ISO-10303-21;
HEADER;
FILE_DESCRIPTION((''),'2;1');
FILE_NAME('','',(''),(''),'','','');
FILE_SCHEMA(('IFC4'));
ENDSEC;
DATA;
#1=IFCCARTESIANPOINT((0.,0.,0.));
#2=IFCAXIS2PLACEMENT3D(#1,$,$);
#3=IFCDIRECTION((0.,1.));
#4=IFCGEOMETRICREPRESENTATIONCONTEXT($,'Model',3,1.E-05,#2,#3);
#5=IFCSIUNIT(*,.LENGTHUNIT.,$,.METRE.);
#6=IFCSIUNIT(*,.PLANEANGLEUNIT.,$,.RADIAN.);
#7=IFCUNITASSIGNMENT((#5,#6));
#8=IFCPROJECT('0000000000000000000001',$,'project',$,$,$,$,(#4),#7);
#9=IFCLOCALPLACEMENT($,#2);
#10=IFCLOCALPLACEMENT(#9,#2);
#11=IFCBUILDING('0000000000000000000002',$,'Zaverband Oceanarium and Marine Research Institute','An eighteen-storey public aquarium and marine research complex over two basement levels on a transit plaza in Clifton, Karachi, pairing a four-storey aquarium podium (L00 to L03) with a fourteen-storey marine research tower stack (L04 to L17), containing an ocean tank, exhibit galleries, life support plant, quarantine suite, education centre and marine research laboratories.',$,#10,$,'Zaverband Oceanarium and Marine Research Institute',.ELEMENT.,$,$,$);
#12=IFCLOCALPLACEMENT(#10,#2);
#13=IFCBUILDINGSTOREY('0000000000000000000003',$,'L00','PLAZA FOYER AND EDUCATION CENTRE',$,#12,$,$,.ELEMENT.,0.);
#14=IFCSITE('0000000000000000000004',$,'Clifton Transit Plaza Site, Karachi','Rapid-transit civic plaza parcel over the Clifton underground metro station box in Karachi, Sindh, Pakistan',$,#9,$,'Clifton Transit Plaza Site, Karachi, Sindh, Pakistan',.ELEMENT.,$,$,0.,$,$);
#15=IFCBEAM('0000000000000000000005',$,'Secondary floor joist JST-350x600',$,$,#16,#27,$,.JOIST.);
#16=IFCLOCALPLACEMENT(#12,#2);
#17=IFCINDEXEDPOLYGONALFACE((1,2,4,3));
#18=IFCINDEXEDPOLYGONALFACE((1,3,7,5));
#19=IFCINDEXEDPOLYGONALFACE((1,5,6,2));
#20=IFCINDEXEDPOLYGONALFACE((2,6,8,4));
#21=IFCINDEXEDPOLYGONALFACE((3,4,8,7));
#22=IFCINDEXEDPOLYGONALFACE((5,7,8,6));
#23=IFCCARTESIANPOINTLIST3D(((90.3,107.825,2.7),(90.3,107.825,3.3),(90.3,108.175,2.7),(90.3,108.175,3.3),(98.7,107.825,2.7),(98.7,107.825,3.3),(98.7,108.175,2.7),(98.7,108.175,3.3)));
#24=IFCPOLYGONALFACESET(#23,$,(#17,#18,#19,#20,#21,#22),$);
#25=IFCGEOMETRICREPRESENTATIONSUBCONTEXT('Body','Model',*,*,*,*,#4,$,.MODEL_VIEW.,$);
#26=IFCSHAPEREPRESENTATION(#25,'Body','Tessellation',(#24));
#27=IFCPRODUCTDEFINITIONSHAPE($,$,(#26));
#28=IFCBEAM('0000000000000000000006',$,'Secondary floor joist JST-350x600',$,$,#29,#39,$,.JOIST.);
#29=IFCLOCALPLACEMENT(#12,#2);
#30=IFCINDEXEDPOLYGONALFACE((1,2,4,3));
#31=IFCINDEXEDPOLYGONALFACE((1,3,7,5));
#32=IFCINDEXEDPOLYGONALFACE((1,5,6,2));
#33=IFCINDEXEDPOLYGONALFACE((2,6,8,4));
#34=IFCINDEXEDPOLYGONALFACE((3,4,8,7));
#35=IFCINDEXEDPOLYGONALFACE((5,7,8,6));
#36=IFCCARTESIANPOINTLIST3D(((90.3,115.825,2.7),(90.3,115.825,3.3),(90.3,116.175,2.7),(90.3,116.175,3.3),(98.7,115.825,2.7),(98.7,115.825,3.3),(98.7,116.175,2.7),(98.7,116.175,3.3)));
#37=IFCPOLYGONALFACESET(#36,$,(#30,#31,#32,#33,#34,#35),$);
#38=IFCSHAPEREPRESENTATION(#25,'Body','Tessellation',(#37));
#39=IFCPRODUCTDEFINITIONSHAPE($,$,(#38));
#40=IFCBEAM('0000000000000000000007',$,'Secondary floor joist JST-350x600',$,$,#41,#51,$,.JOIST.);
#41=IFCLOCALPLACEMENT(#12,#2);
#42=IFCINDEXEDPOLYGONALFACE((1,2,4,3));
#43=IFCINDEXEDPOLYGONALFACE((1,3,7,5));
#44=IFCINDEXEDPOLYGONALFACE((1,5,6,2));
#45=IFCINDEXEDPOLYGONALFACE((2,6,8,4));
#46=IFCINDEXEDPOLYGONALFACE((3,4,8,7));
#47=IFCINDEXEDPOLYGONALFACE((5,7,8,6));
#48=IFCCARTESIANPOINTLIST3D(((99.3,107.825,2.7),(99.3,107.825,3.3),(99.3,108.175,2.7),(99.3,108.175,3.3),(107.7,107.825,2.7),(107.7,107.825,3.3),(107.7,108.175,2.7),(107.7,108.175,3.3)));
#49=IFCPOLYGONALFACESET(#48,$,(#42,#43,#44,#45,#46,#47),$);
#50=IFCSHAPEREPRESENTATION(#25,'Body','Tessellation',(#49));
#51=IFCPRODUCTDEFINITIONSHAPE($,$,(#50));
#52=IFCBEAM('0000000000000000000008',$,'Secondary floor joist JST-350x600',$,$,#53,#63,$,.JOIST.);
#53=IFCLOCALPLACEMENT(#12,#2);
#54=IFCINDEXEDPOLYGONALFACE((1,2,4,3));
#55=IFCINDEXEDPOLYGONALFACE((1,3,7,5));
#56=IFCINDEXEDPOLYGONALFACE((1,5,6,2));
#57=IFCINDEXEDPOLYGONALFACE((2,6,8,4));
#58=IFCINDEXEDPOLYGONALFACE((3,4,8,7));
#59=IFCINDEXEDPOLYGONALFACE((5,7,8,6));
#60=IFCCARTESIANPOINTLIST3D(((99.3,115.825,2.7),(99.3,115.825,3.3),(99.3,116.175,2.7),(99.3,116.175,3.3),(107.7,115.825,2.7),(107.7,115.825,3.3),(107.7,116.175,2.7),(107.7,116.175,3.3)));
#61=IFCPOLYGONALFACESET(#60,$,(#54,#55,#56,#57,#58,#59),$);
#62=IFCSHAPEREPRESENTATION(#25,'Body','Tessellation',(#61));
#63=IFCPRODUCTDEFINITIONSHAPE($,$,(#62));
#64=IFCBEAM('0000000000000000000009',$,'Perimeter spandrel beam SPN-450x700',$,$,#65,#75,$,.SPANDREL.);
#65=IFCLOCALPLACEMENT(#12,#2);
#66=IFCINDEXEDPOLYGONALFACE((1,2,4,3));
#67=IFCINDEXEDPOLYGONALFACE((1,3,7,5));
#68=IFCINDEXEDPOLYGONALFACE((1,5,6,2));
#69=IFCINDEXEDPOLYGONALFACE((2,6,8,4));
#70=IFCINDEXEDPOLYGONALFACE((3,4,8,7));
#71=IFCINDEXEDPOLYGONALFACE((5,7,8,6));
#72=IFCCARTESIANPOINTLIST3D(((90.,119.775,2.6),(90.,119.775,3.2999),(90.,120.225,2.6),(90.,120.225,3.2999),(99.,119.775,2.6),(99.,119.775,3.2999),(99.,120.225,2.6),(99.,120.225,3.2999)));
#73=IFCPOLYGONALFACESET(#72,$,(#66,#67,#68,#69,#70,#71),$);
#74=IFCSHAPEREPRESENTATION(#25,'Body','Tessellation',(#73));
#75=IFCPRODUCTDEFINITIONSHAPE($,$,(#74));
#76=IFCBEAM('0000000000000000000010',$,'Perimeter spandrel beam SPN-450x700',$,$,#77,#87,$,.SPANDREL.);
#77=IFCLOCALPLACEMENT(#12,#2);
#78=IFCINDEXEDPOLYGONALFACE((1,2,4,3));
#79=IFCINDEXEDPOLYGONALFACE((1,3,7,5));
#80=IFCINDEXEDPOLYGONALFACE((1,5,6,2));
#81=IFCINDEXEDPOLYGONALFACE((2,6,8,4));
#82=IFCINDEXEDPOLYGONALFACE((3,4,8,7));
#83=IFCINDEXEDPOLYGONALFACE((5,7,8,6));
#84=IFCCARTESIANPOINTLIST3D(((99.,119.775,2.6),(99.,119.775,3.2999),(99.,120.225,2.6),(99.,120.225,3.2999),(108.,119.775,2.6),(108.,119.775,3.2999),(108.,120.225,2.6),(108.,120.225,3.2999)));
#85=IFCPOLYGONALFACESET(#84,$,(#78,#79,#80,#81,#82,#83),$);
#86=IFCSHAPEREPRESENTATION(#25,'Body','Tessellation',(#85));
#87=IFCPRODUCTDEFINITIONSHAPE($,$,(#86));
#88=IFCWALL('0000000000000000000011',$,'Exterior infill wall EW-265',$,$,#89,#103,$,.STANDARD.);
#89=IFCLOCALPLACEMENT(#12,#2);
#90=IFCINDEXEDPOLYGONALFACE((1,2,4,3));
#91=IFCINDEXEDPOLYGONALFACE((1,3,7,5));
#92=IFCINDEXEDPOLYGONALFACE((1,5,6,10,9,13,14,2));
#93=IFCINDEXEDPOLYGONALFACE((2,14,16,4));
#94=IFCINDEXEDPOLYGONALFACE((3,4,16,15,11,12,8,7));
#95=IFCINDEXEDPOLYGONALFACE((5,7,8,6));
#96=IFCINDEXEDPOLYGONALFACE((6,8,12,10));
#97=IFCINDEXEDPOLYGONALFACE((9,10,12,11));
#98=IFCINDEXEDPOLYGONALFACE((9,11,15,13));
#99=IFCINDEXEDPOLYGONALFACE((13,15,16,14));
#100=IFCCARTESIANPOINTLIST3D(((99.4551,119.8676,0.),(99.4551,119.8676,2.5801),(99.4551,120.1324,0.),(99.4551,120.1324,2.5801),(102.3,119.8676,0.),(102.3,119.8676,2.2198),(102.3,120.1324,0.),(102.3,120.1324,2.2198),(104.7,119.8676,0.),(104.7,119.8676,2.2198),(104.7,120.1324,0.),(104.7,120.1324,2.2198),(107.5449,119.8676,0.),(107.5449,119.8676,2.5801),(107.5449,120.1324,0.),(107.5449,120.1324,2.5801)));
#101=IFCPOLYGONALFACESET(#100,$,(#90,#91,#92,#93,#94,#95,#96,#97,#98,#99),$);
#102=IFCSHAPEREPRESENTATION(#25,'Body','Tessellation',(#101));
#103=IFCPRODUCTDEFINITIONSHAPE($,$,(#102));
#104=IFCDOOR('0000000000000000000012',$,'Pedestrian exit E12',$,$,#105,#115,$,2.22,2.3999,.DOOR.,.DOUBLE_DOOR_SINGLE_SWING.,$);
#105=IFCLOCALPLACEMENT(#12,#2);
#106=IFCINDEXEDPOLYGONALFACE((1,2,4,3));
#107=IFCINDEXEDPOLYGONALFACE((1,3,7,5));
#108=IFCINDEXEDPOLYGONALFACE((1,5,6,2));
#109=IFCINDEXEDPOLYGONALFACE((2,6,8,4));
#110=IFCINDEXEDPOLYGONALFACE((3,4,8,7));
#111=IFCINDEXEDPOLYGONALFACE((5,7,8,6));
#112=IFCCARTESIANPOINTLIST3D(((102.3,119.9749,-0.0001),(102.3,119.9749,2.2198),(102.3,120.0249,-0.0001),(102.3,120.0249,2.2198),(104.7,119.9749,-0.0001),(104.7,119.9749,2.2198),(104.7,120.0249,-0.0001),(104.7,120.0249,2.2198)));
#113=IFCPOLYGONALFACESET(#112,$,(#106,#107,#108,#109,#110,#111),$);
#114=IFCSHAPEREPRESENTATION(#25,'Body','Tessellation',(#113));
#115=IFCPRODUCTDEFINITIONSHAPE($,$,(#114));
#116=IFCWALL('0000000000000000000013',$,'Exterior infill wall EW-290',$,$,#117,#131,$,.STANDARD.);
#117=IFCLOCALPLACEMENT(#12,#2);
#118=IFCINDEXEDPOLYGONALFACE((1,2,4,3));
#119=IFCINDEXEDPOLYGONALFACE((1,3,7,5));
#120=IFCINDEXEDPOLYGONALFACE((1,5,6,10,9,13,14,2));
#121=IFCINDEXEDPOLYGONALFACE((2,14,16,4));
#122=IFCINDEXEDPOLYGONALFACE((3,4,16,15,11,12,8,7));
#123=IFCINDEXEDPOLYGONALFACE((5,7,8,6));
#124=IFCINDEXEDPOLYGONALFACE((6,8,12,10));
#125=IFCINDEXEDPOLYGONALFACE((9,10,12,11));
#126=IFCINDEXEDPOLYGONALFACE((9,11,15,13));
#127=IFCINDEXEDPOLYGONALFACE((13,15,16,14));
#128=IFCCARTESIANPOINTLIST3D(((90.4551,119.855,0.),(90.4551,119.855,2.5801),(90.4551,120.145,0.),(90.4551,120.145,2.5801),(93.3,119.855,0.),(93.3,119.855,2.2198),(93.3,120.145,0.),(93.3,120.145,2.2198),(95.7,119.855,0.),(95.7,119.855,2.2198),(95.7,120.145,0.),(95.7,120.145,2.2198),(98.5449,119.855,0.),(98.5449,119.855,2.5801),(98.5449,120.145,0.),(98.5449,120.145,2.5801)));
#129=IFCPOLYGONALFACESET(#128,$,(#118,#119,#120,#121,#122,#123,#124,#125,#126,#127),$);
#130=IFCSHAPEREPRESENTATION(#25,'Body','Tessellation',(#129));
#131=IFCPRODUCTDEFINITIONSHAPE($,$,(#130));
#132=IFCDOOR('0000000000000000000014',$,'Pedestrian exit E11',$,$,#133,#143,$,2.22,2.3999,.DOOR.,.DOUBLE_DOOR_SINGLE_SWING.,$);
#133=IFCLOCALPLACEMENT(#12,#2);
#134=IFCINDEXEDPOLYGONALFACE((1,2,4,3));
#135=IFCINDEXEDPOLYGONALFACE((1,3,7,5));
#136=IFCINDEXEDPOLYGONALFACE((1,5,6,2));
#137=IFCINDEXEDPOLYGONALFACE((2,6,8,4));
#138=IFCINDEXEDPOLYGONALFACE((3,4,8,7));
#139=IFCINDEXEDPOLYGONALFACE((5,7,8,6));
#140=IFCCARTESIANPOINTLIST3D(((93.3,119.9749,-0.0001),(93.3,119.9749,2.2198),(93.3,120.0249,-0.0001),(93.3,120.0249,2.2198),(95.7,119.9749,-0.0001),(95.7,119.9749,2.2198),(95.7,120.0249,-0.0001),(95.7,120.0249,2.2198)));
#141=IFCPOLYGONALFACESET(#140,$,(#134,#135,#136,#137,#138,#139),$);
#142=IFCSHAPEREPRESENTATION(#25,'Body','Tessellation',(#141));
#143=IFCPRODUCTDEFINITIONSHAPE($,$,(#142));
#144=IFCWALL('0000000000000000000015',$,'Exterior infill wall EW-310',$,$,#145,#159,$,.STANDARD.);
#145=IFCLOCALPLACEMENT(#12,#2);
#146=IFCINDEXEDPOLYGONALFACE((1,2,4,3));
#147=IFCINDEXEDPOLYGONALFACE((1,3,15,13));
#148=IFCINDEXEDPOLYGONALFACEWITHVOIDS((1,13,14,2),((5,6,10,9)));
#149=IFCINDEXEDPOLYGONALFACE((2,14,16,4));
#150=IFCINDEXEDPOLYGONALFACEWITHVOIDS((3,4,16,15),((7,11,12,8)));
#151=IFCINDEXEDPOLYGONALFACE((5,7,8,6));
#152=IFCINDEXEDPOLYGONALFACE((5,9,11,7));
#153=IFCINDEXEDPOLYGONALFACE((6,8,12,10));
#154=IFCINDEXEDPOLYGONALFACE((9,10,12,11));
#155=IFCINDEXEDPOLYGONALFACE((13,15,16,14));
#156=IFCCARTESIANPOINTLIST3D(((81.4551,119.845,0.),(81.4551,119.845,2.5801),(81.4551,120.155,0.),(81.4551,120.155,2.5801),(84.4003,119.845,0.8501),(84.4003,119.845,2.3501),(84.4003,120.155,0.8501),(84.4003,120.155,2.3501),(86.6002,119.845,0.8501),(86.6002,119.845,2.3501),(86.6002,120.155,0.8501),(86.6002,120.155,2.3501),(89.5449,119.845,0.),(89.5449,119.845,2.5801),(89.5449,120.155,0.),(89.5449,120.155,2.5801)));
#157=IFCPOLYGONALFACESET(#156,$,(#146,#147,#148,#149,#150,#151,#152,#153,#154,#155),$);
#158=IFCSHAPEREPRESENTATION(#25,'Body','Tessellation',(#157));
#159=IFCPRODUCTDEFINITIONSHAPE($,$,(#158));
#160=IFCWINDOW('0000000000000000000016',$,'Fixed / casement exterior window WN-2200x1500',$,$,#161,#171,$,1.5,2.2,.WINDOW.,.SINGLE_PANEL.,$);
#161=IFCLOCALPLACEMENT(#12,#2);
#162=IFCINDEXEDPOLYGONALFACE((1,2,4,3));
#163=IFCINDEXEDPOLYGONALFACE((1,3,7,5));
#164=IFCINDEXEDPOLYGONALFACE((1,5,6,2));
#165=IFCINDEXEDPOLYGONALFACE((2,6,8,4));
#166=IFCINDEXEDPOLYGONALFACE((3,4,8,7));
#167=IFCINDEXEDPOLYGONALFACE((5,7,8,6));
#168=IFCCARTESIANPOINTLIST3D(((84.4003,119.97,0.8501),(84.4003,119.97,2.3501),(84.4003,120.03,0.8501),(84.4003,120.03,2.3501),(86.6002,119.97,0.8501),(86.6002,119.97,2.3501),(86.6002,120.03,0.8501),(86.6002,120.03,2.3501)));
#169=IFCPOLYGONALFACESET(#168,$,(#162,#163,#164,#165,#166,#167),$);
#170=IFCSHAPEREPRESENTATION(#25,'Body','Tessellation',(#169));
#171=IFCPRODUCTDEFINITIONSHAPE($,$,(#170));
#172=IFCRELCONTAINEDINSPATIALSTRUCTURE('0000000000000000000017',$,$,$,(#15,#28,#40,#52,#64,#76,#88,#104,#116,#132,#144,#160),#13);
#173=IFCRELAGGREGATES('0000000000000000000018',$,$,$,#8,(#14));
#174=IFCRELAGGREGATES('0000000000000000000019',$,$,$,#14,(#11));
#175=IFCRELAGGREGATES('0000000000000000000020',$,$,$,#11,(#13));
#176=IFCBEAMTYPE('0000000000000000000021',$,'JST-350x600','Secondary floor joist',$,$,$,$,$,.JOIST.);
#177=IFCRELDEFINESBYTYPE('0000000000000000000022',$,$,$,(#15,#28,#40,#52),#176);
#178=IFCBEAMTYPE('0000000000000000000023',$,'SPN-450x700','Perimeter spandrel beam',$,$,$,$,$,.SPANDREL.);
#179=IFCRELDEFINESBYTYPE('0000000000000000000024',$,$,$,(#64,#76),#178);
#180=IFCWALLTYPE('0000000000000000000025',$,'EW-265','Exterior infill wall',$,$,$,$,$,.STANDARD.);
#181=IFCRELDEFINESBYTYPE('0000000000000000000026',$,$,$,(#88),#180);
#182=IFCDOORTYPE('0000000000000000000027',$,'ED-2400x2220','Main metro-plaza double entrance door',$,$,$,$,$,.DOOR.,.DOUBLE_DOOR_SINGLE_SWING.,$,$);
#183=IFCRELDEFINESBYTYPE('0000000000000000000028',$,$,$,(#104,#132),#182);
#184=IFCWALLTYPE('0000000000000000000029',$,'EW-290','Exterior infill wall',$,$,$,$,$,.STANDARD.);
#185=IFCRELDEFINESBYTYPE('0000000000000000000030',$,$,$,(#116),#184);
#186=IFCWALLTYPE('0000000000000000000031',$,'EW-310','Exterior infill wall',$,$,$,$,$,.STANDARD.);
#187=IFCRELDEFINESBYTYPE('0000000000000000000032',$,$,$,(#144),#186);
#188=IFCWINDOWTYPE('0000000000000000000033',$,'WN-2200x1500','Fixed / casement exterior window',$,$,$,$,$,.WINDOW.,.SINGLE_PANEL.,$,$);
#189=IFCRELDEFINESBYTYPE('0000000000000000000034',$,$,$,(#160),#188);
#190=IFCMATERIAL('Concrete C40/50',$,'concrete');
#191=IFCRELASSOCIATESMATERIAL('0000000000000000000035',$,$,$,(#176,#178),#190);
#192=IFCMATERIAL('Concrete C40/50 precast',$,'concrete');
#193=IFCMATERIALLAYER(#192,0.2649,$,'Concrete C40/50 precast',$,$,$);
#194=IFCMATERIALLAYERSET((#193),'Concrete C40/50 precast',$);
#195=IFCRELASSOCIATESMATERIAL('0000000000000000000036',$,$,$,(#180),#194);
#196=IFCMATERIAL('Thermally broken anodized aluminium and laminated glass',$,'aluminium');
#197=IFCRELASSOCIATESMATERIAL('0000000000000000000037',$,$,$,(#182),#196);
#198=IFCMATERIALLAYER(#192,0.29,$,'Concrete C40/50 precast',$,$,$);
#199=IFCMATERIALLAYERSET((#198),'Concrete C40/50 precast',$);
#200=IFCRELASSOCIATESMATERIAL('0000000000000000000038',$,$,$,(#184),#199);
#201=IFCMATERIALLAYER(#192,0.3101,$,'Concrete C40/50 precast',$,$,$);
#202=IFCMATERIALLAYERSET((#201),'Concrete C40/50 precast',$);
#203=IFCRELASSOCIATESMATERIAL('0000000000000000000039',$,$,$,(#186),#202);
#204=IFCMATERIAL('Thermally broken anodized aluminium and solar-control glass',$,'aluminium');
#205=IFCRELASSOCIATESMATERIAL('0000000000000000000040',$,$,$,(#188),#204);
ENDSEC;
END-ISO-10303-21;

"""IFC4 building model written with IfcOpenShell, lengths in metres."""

from ifc_helpers import new_model, si_unit, direction, frame, frame_2d, origin, origin_2d, place, context, subcontext, project, spatial, rectangle, extrude, material, layer, layer_set, material_profile, profile_set, type_object, element, fill, save


model = new_model("IFC4")

# Units and contexts
model_context = context("Model", 3, precision=1e-05, world=origin(), true_north=direction((0.0, 1.0)))
body_context = subcontext(model_context, "Body", "Model", "MODEL_VIEW")
ifc_project = project(units=[si_unit("LENGTHUNIT", "METRE"), si_unit("PLANEANGLEUNIT", "RADIAN")], contexts=[model_context])

# Site, building, storey
site_placement = place(None, origin())
site = spatial("IfcSite", under=ifc_project, at=site_placement, Name="Clifton Transit Plaza Site, Karachi", Description="Rapid-transit civic plaza parcel over the Clifton underground metro station box in Karachi, Sindh, Pakistan", LongName="Clifton Transit Plaza Site, Karachi, Sindh, Pakistan", CompositionType="ELEMENT", RefElevation=0.0)
building_placement = place(site_placement, origin())
building = spatial("IfcBuilding", under=site, at=building_placement, Name="Zaverband Oceanarium and Marine Research Institute", Description="An eighteen-storey public aquarium and marine research complex over two basement levels on a transit plaza in Clifton, Karachi, pairing a four-storey aquarium podium (L00 to L03) with a fourteen-storey marine research tower stack (L04 to L17), containing an ocean tank, exhibit galleries, life support plant, quarantine suite, education centre and marine research laboratories.", LongName="Zaverband Oceanarium and Marine Research Institute", CompositionType="ELEMENT")
storey_placement = place(building_placement, origin())
storey = spatial("IfcBuildingStorey", under=building, at=storey_placement, Name="L00", Description="PLAZA FOYER AND EDUCATION CENTRE", CompositionType="ELEMENT", Elevation=0.0)

# Beams
ifc_material_1 = material(Name="Concrete C40/50", Category="concrete")
ifc_material_profile_1 = material_profile(ifc_material_1, rectangle(XDim=0.3501, YDim=0.6001, at=origin_2d()), Name="RC350x600")
ifc_profile_set_1 = profile_set([ifc_material_profile_1], Name="Concrete C40/50")
beam_type_1 = type_object("IfcBeamType", Name="JST-350x600", Description="Secondary floor joist", PredefinedType="JOIST", material=ifc_profile_set_1)
for number, where, z_axis, x_axis, name in (
    (1, (90.3, 108.0, 3.0), (1.0, 0.0, 0.0), (0.0, 1.0, 0.0), "Secondary floor joist JST-350x600"),
    (2, (90.3, 116.0, 3.0), (1.0, 0.0, 0.0), (0.0, 1.0, 0.0), "Secondary floor joist JST-350x600"),
    (3, (99.3, 108.0, 3.0), (1.0, 0.0, 0.0), (0.0, 1.0, 0.0), "Secondary floor joist JST-350x600"),
    (4, (99.3, 116.0, 3.0), (1.0, 0.0, 0.0), (0.0, 1.0, 0.0), "Secondary floor joist JST-350x600"),
):
    element("IfcBeam", number, at=place(storey_placement, frame(where, z_axis=z_axis, x_axis=x_axis)), inside=storey, type_object=beam_type_1, Name=name, PredefinedType="JOIST", context=body_context, shape_type="SweptSolid", body=[
        extrude(rectangle(XDim=0.3501, YDim=0.6001, at=origin_2d()), origin(), (0.0, 0.0, 1.0), 8.3999),
    ])
ifc_material_profile_2 = material_profile(ifc_material_1, rectangle(XDim=0.45, YDim=0.7, at=origin_2d()), Name="RC450x700")
ifc_profile_set_2 = profile_set([ifc_material_profile_2], Name="Concrete C40/50")
beam_type_2 = type_object("IfcBeamType", Name="SPN-450x700", Description="Perimeter spandrel beam", PredefinedType="SPANDREL", material=ifc_profile_set_2)
for number, where, z_axis, x_axis, name in (
    (5, (90.0, 120.0, 2.95), (1.0, 0.0, 0.0), (0.0, 1.0, 0.0), "Perimeter spandrel beam SPN-450x700"),
    (6, (99.0, 120.0, 2.95), (1.0, 0.0, 0.0), (0.0, 1.0, 0.0), "Perimeter spandrel beam SPN-450x700"),
):
    element("IfcBeam", number, at=place(storey_placement, frame(where, z_axis=z_axis, x_axis=x_axis)), inside=storey, type_object=beam_type_2, Name=name, PredefinedType="SPANDREL", context=body_context, shape_type="SweptSolid", body=[
        extrude(rectangle(XDim=0.45, YDim=0.7, at=origin_2d()), origin(), (0.0, 0.0, 1.0), 9.0),
    ])

# Walls, openings, doors
ifc_material_2 = material(Name="Concrete C40/50 precast", Category="concrete")
ifc_layer_1 = layer(ifc_material_2, 0.2649, Name="Concrete C40/50 precast")
ifc_layer_set_1 = layer_set([ifc_layer_1], Name="Concrete C40/50 precast")
wall_type_1 = type_object("IfcWallType", Name="EW-265", Description="Exterior infill wall", PredefinedType="STANDARD", material=ifc_layer_set_1)
wall_1_placement = place(storey_placement, frame((99.4551, 120.0, 0.0), z_axis=(0.0, 0.0, 1.0), x_axis=(1.0, 0.0, 0.0)))
wall_1 = element("IfcWall", 7, at=wall_1_placement, inside=storey, type_object=wall_type_1, Name="Exterior infill wall EW-265", PredefinedType="STANDARD", context=body_context, shape_type="SweptSolid", body=[
    extrude(rectangle(XDim=8.0898, YDim=0.2649, at=frame_2d((4.0449, 0.0))), origin(), (0.0, 0.0, 1.0), 2.5801),
])
opening_1_placement = place(wall_1_placement, frame((2.845, 0.0, 0.0)))
opening_1 = element("IfcOpeningElement", 8, at=opening_1_placement, cuts=wall_1, PredefinedType="OPENING", context=body_context, shape_type="SweptSolid", body=[
    extrude(rectangle(XDim=2.3999, YDim=2.22, at=frame_2d((1.2, 1.1099))), frame((0.0, 0.1445, 0.0), z_axis=(0.0, -1.0, 0.0), x_axis=(1.0, 0.0, 0.0)), (0.0, 0.0, 1.0), 0.2888),
])
ifc_material_3 = material(Name="Thermally broken anodized aluminium and laminated glass", Category="aluminium")
door_type = type_object("IfcDoorType", Name="ED-2400x2220", Description="Main metro-plaza double entrance door", OperationType="DOUBLE_DOOR_SINGLE_SWING", PredefinedType="DOOR", material=ifc_material_3)
door_1_placement = place(opening_1_placement, origin())
door_1 = element("IfcDoor", 9, at=door_1_placement, inside=storey, type_object=door_type, Name="Pedestrian exit E12", OperationType="DOUBLE_DOOR_SINGLE_SWING", OverallHeight=2.22, OverallWidth=2.3999, PredefinedType="DOOR", context=body_context, shape_type="SweptSolid", body=[
    extrude(rectangle(XDim=2.3999, YDim=2.22, at=frame_2d((1.2, 1.1099))), frame((0.0, 0.0249, 0.0), z_axis=(0.0, -1.0, 0.0), x_axis=(1.0, 0.0, 0.0)), (0.0, 0.0, 1.0), 0.05),
])
fill(opening_1, door_1)
ifc_layer_2 = layer(ifc_material_2, 0.29, Name="Concrete C40/50 precast")
ifc_layer_set_2 = layer_set([ifc_layer_2], Name="Concrete C40/50 precast")
wall_type_2 = type_object("IfcWallType", Name="EW-290", Description="Exterior infill wall", PredefinedType="STANDARD", material=ifc_layer_set_2)
wall_2_placement = place(storey_placement, frame((90.4551, 120.0, 0.0), z_axis=(0.0, 0.0, 1.0), x_axis=(1.0, 0.0, 0.0)))
wall_2 = element("IfcWall", 10, at=wall_2_placement, inside=storey, type_object=wall_type_2, Name="Exterior infill wall EW-290", PredefinedType="STANDARD", context=body_context, shape_type="SweptSolid", body=[
    extrude(rectangle(XDim=8.0898, YDim=0.29, at=frame_2d((4.0449, 0.0))), origin(), (0.0, 0.0, 1.0), 2.5801),
])
opening_2_placement = place(wall_2_placement, frame((2.845, 0.0, 0.0)))
opening_2 = element("IfcOpeningElement", 11, at=opening_2_placement, cuts=wall_2, PredefinedType="OPENING", context=body_context, shape_type="SweptSolid", body=[
    extrude(rectangle(XDim=2.3999, YDim=2.22, at=frame_2d((1.2, 1.1099))), frame((0.0, 0.157, 0.0), z_axis=(0.0, -1.0, 0.0), x_axis=(1.0, 0.0, 0.0)), (0.0, 0.0, 1.0), 0.314),
])
door_2_placement = place(opening_2_placement, origin())
door_2 = element("IfcDoor", 12, at=door_2_placement, inside=storey, type_object=door_type, Name="Pedestrian exit E11", OperationType="DOUBLE_DOOR_SINGLE_SWING", OverallHeight=2.22, OverallWidth=2.3999, PredefinedType="DOOR", context=body_context, shape_type="SweptSolid", body=[
    extrude(rectangle(XDim=2.3999, YDim=2.22, at=frame_2d((1.2, 1.1099))), frame((0.0, 0.0249, 0.0), z_axis=(0.0, -1.0, 0.0), x_axis=(1.0, 0.0, 0.0)), (0.0, 0.0, 1.0), 0.05),
])
fill(opening_2, door_2)

# Wall, opening, window
ifc_layer_3 = layer(ifc_material_2, 0.3101, Name="Concrete C40/50 precast")
ifc_layer_set_3 = layer_set([ifc_layer_3], Name="Concrete C40/50 precast")
wall_type_3 = type_object("IfcWallType", Name="EW-310", Description="Exterior infill wall", PredefinedType="STANDARD", material=ifc_layer_set_3)
wall_3_placement = place(storey_placement, frame((81.4551, 120.0, 0.0), z_axis=(0.0, 0.0, 1.0), x_axis=(1.0, 0.0, 0.0)))
wall_3 = element("IfcWall", 13, at=wall_3_placement, inside=storey, type_object=wall_type_3, Name="Exterior infill wall EW-310", PredefinedType="STANDARD", context=body_context, shape_type="SweptSolid", body=[
    extrude(rectangle(XDim=8.0898, YDim=0.3101, at=frame_2d((4.0449, 0.0))), origin(), (0.0, 0.0, 1.0), 2.5801),
])
opening_3_placement = place(wall_3_placement, frame((2.9451, 0.0, 0.8501)))
opening_3 = element("IfcOpeningElement", 14, at=opening_3_placement, cuts=wall_3, PredefinedType="OPENING", context=body_context, shape_type="SweptSolid", body=[
    extrude(rectangle(XDim=2.2, YDim=1.5, at=frame_2d((1.1001, 0.75))), frame((0.0, 0.167, 0.0), z_axis=(0.0, -1.0, 0.0), x_axis=(1.0, 0.0, 0.0)), (0.0, 0.0, 1.0), 0.334),
])
ifc_material_4 = material(Name="Thermally broken anodized aluminium and solar-control glass", Category="aluminium")
window_type = type_object("IfcWindowType", Name="WN-2200x1500", Description="Fixed / casement exterior window", PartitioningType="SINGLE_PANEL", PredefinedType="WINDOW", material=ifc_material_4)
window_placement = place(opening_3_placement, origin())
window = element("IfcWindow", 15, at=window_placement, inside=storey, type_object=window_type, Name="Fixed / casement exterior window WN-2200x1500", OverallHeight=1.5, OverallWidth=2.2, PartitioningType="SINGLE_PANEL", PredefinedType="WINDOW", context=body_context, shape_type="SweptSolid", body=[
    extrude(rectangle(XDim=2.2, YDim=1.5, at=frame_2d((1.1001, 0.75))), frame((0.0, 0.03, 0.0), z_axis=(0.0, -1.0, 0.0), x_axis=(1.0, 0.0, 0.0)), (0.0, 0.0, 1.0), 0.0601),
])
fill(opening_3, window)

save(model, "model.ifc")
